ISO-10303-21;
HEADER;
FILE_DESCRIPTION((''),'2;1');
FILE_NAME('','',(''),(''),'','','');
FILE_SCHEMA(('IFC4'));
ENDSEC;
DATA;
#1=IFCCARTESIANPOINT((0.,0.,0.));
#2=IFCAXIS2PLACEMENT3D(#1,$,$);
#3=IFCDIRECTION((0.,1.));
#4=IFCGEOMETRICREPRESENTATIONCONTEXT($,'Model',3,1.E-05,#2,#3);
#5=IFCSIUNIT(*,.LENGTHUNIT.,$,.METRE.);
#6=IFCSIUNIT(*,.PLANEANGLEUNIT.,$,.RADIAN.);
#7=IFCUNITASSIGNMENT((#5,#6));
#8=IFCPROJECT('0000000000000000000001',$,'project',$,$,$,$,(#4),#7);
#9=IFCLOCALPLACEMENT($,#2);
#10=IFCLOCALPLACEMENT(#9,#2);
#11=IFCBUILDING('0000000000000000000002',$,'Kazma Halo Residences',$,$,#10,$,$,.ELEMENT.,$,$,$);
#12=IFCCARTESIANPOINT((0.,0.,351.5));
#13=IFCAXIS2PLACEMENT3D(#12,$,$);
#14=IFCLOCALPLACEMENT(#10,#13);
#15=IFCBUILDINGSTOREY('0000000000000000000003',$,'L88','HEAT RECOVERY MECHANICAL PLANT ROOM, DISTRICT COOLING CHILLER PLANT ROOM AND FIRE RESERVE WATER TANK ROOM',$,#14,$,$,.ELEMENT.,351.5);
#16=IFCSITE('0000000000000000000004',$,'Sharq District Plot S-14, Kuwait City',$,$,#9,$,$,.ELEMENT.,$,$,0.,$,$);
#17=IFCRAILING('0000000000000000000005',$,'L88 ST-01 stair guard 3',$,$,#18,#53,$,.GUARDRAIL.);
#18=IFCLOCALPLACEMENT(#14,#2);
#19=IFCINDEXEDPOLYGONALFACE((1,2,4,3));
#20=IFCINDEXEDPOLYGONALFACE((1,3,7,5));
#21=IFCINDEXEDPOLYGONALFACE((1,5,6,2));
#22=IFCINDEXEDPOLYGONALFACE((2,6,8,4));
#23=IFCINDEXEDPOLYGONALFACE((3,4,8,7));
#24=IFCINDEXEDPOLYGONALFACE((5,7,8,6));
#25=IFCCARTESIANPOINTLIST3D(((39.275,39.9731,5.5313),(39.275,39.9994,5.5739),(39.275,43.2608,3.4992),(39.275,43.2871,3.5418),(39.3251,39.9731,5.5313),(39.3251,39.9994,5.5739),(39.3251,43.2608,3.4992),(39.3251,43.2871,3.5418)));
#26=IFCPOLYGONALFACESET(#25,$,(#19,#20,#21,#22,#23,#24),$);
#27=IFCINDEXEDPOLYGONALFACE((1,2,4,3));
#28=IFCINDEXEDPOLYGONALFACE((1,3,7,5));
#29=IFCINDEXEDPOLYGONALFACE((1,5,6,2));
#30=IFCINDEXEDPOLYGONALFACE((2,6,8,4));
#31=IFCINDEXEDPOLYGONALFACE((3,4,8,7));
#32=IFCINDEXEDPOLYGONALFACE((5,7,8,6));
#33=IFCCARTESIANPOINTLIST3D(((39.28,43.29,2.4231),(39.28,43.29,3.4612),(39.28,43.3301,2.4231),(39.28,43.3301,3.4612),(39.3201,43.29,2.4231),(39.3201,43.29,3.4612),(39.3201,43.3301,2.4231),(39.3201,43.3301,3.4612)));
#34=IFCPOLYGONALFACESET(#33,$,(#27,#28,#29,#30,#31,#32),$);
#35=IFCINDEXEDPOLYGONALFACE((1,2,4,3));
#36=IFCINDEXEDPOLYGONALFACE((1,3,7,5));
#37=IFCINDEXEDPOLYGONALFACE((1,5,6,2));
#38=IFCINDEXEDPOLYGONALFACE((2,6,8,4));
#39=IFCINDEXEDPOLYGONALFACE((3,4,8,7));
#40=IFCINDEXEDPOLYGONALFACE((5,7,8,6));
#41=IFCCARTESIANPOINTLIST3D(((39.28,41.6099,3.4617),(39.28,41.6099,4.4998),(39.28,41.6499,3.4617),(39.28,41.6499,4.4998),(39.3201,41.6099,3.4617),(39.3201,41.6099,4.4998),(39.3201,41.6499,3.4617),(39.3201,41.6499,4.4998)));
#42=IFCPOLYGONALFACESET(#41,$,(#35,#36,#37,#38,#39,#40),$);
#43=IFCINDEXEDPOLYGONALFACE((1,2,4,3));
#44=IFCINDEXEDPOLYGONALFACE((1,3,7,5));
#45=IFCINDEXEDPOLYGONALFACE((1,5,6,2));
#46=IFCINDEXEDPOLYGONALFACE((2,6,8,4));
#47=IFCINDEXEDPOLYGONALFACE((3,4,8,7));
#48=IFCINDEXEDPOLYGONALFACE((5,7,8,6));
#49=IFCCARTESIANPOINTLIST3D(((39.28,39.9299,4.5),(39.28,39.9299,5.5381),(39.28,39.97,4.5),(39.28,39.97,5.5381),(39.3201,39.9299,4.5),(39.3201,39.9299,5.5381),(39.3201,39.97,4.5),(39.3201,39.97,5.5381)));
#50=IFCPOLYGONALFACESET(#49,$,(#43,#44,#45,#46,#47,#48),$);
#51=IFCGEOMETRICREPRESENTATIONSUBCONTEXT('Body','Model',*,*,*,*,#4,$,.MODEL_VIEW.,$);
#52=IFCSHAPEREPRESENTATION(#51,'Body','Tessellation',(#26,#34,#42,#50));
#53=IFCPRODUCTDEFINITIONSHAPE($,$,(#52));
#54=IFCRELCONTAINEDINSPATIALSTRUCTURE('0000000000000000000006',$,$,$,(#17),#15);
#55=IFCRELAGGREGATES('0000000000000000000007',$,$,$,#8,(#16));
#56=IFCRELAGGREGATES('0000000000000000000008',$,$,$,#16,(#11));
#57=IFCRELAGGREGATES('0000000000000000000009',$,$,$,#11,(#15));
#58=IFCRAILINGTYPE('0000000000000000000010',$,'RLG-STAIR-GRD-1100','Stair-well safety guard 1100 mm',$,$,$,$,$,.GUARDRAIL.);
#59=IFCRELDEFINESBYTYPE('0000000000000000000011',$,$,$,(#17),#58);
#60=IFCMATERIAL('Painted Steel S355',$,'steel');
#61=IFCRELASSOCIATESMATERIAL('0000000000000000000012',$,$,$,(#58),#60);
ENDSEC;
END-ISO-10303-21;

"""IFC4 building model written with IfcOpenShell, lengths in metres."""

from ifc_helpers import new_model, si_unit, direction, frame, origin, origin_2d, place, context, subcontext, project, spatial, rectangle, extrude, material, type_object, element, save


model = new_model("IFC4")

# Units and contexts
model_context = context("Model", 3, precision=1e-05, world=origin(), true_north=direction((0.0, 1.0)))
body_context = subcontext(model_context, "Body", "Model", "MODEL_VIEW")
ifc_project = project(units=[si_unit("LENGTHUNIT", "METRE"), si_unit("PLANEANGLEUNIT", "RADIAN")], contexts=[model_context])

# Site, building, storey
site_placement = place(None, origin())
site = spatial("IfcSite", under=ifc_project, at=site_placement, Name="Sharq District Plot S-14, Kuwait City", CompositionType="ELEMENT", RefElevation=0.0)
building_placement = place(site_placement, origin())
building = spatial("IfcBuilding", under=site, at=building_placement, Name="Kazma Halo Residences", CompositionType="ELEMENT")
storey_placement = place(building_placement, frame((0.0, 0.0, 351.5)))
storey = spatial("IfcBuildingStorey", under=building, at=storey_placement, Name="L88", Description="HEAT RECOVERY MECHANICAL PLANT ROOM, DISTRICT COOLING CHILLER PLANT ROOM AND FIRE RESERVE WATER TANK ROOM", CompositionType="ELEMENT", Elevation=351.5)

# Railing
ifc_material_1 = material(Name="Painted Steel S355", Category="steel")
railing_type = type_object("IfcRailingType", Name="RLG-STAIR-GRD-1100", Description="Stair-well safety guard 1100 mm", PredefinedType="GUARDRAIL", material=ifc_material_1)
railing_1_placement = place(storey_placement, frame((39.3, 43.3101, 2.4231)))
element("IfcRailing", 1, at=railing_1_placement, inside=storey, type_object=railing_type, Name="L88 ST-01 stair guard 3", PredefinedType="GUARDRAIL", context=body_context, shape_type="SweptSolid", body=[
    extrude(rectangle(XDim=0.05, YDim=0.05, at=origin_2d()), frame((0.0, -0.0361, 1.0974), z_axis=(0.0, -0.850623, 0.525776), x_axis=(1.0, 0.0, 0.0)), (0.0, 0.0, 1.0), 3.865),
    extrude(rectangle(XDim=0.04, YDim=0.04, at=origin_2d()), origin(), (0.0, 0.0, 1.0), 1.0381),
    extrude(rectangle(XDim=0.04, YDim=0.04, at=origin_2d()), frame((0.0, -1.6802, 1.0386)), (0.0, 0.0, 1.0), 1.0381),
    extrude(rectangle(XDim=0.04, YDim=0.04, at=origin_2d()), frame((0.0, -3.3601, 2.0769)), (0.0, 0.0, 1.0), 1.0381),
])

save(model, "model.ifc")
